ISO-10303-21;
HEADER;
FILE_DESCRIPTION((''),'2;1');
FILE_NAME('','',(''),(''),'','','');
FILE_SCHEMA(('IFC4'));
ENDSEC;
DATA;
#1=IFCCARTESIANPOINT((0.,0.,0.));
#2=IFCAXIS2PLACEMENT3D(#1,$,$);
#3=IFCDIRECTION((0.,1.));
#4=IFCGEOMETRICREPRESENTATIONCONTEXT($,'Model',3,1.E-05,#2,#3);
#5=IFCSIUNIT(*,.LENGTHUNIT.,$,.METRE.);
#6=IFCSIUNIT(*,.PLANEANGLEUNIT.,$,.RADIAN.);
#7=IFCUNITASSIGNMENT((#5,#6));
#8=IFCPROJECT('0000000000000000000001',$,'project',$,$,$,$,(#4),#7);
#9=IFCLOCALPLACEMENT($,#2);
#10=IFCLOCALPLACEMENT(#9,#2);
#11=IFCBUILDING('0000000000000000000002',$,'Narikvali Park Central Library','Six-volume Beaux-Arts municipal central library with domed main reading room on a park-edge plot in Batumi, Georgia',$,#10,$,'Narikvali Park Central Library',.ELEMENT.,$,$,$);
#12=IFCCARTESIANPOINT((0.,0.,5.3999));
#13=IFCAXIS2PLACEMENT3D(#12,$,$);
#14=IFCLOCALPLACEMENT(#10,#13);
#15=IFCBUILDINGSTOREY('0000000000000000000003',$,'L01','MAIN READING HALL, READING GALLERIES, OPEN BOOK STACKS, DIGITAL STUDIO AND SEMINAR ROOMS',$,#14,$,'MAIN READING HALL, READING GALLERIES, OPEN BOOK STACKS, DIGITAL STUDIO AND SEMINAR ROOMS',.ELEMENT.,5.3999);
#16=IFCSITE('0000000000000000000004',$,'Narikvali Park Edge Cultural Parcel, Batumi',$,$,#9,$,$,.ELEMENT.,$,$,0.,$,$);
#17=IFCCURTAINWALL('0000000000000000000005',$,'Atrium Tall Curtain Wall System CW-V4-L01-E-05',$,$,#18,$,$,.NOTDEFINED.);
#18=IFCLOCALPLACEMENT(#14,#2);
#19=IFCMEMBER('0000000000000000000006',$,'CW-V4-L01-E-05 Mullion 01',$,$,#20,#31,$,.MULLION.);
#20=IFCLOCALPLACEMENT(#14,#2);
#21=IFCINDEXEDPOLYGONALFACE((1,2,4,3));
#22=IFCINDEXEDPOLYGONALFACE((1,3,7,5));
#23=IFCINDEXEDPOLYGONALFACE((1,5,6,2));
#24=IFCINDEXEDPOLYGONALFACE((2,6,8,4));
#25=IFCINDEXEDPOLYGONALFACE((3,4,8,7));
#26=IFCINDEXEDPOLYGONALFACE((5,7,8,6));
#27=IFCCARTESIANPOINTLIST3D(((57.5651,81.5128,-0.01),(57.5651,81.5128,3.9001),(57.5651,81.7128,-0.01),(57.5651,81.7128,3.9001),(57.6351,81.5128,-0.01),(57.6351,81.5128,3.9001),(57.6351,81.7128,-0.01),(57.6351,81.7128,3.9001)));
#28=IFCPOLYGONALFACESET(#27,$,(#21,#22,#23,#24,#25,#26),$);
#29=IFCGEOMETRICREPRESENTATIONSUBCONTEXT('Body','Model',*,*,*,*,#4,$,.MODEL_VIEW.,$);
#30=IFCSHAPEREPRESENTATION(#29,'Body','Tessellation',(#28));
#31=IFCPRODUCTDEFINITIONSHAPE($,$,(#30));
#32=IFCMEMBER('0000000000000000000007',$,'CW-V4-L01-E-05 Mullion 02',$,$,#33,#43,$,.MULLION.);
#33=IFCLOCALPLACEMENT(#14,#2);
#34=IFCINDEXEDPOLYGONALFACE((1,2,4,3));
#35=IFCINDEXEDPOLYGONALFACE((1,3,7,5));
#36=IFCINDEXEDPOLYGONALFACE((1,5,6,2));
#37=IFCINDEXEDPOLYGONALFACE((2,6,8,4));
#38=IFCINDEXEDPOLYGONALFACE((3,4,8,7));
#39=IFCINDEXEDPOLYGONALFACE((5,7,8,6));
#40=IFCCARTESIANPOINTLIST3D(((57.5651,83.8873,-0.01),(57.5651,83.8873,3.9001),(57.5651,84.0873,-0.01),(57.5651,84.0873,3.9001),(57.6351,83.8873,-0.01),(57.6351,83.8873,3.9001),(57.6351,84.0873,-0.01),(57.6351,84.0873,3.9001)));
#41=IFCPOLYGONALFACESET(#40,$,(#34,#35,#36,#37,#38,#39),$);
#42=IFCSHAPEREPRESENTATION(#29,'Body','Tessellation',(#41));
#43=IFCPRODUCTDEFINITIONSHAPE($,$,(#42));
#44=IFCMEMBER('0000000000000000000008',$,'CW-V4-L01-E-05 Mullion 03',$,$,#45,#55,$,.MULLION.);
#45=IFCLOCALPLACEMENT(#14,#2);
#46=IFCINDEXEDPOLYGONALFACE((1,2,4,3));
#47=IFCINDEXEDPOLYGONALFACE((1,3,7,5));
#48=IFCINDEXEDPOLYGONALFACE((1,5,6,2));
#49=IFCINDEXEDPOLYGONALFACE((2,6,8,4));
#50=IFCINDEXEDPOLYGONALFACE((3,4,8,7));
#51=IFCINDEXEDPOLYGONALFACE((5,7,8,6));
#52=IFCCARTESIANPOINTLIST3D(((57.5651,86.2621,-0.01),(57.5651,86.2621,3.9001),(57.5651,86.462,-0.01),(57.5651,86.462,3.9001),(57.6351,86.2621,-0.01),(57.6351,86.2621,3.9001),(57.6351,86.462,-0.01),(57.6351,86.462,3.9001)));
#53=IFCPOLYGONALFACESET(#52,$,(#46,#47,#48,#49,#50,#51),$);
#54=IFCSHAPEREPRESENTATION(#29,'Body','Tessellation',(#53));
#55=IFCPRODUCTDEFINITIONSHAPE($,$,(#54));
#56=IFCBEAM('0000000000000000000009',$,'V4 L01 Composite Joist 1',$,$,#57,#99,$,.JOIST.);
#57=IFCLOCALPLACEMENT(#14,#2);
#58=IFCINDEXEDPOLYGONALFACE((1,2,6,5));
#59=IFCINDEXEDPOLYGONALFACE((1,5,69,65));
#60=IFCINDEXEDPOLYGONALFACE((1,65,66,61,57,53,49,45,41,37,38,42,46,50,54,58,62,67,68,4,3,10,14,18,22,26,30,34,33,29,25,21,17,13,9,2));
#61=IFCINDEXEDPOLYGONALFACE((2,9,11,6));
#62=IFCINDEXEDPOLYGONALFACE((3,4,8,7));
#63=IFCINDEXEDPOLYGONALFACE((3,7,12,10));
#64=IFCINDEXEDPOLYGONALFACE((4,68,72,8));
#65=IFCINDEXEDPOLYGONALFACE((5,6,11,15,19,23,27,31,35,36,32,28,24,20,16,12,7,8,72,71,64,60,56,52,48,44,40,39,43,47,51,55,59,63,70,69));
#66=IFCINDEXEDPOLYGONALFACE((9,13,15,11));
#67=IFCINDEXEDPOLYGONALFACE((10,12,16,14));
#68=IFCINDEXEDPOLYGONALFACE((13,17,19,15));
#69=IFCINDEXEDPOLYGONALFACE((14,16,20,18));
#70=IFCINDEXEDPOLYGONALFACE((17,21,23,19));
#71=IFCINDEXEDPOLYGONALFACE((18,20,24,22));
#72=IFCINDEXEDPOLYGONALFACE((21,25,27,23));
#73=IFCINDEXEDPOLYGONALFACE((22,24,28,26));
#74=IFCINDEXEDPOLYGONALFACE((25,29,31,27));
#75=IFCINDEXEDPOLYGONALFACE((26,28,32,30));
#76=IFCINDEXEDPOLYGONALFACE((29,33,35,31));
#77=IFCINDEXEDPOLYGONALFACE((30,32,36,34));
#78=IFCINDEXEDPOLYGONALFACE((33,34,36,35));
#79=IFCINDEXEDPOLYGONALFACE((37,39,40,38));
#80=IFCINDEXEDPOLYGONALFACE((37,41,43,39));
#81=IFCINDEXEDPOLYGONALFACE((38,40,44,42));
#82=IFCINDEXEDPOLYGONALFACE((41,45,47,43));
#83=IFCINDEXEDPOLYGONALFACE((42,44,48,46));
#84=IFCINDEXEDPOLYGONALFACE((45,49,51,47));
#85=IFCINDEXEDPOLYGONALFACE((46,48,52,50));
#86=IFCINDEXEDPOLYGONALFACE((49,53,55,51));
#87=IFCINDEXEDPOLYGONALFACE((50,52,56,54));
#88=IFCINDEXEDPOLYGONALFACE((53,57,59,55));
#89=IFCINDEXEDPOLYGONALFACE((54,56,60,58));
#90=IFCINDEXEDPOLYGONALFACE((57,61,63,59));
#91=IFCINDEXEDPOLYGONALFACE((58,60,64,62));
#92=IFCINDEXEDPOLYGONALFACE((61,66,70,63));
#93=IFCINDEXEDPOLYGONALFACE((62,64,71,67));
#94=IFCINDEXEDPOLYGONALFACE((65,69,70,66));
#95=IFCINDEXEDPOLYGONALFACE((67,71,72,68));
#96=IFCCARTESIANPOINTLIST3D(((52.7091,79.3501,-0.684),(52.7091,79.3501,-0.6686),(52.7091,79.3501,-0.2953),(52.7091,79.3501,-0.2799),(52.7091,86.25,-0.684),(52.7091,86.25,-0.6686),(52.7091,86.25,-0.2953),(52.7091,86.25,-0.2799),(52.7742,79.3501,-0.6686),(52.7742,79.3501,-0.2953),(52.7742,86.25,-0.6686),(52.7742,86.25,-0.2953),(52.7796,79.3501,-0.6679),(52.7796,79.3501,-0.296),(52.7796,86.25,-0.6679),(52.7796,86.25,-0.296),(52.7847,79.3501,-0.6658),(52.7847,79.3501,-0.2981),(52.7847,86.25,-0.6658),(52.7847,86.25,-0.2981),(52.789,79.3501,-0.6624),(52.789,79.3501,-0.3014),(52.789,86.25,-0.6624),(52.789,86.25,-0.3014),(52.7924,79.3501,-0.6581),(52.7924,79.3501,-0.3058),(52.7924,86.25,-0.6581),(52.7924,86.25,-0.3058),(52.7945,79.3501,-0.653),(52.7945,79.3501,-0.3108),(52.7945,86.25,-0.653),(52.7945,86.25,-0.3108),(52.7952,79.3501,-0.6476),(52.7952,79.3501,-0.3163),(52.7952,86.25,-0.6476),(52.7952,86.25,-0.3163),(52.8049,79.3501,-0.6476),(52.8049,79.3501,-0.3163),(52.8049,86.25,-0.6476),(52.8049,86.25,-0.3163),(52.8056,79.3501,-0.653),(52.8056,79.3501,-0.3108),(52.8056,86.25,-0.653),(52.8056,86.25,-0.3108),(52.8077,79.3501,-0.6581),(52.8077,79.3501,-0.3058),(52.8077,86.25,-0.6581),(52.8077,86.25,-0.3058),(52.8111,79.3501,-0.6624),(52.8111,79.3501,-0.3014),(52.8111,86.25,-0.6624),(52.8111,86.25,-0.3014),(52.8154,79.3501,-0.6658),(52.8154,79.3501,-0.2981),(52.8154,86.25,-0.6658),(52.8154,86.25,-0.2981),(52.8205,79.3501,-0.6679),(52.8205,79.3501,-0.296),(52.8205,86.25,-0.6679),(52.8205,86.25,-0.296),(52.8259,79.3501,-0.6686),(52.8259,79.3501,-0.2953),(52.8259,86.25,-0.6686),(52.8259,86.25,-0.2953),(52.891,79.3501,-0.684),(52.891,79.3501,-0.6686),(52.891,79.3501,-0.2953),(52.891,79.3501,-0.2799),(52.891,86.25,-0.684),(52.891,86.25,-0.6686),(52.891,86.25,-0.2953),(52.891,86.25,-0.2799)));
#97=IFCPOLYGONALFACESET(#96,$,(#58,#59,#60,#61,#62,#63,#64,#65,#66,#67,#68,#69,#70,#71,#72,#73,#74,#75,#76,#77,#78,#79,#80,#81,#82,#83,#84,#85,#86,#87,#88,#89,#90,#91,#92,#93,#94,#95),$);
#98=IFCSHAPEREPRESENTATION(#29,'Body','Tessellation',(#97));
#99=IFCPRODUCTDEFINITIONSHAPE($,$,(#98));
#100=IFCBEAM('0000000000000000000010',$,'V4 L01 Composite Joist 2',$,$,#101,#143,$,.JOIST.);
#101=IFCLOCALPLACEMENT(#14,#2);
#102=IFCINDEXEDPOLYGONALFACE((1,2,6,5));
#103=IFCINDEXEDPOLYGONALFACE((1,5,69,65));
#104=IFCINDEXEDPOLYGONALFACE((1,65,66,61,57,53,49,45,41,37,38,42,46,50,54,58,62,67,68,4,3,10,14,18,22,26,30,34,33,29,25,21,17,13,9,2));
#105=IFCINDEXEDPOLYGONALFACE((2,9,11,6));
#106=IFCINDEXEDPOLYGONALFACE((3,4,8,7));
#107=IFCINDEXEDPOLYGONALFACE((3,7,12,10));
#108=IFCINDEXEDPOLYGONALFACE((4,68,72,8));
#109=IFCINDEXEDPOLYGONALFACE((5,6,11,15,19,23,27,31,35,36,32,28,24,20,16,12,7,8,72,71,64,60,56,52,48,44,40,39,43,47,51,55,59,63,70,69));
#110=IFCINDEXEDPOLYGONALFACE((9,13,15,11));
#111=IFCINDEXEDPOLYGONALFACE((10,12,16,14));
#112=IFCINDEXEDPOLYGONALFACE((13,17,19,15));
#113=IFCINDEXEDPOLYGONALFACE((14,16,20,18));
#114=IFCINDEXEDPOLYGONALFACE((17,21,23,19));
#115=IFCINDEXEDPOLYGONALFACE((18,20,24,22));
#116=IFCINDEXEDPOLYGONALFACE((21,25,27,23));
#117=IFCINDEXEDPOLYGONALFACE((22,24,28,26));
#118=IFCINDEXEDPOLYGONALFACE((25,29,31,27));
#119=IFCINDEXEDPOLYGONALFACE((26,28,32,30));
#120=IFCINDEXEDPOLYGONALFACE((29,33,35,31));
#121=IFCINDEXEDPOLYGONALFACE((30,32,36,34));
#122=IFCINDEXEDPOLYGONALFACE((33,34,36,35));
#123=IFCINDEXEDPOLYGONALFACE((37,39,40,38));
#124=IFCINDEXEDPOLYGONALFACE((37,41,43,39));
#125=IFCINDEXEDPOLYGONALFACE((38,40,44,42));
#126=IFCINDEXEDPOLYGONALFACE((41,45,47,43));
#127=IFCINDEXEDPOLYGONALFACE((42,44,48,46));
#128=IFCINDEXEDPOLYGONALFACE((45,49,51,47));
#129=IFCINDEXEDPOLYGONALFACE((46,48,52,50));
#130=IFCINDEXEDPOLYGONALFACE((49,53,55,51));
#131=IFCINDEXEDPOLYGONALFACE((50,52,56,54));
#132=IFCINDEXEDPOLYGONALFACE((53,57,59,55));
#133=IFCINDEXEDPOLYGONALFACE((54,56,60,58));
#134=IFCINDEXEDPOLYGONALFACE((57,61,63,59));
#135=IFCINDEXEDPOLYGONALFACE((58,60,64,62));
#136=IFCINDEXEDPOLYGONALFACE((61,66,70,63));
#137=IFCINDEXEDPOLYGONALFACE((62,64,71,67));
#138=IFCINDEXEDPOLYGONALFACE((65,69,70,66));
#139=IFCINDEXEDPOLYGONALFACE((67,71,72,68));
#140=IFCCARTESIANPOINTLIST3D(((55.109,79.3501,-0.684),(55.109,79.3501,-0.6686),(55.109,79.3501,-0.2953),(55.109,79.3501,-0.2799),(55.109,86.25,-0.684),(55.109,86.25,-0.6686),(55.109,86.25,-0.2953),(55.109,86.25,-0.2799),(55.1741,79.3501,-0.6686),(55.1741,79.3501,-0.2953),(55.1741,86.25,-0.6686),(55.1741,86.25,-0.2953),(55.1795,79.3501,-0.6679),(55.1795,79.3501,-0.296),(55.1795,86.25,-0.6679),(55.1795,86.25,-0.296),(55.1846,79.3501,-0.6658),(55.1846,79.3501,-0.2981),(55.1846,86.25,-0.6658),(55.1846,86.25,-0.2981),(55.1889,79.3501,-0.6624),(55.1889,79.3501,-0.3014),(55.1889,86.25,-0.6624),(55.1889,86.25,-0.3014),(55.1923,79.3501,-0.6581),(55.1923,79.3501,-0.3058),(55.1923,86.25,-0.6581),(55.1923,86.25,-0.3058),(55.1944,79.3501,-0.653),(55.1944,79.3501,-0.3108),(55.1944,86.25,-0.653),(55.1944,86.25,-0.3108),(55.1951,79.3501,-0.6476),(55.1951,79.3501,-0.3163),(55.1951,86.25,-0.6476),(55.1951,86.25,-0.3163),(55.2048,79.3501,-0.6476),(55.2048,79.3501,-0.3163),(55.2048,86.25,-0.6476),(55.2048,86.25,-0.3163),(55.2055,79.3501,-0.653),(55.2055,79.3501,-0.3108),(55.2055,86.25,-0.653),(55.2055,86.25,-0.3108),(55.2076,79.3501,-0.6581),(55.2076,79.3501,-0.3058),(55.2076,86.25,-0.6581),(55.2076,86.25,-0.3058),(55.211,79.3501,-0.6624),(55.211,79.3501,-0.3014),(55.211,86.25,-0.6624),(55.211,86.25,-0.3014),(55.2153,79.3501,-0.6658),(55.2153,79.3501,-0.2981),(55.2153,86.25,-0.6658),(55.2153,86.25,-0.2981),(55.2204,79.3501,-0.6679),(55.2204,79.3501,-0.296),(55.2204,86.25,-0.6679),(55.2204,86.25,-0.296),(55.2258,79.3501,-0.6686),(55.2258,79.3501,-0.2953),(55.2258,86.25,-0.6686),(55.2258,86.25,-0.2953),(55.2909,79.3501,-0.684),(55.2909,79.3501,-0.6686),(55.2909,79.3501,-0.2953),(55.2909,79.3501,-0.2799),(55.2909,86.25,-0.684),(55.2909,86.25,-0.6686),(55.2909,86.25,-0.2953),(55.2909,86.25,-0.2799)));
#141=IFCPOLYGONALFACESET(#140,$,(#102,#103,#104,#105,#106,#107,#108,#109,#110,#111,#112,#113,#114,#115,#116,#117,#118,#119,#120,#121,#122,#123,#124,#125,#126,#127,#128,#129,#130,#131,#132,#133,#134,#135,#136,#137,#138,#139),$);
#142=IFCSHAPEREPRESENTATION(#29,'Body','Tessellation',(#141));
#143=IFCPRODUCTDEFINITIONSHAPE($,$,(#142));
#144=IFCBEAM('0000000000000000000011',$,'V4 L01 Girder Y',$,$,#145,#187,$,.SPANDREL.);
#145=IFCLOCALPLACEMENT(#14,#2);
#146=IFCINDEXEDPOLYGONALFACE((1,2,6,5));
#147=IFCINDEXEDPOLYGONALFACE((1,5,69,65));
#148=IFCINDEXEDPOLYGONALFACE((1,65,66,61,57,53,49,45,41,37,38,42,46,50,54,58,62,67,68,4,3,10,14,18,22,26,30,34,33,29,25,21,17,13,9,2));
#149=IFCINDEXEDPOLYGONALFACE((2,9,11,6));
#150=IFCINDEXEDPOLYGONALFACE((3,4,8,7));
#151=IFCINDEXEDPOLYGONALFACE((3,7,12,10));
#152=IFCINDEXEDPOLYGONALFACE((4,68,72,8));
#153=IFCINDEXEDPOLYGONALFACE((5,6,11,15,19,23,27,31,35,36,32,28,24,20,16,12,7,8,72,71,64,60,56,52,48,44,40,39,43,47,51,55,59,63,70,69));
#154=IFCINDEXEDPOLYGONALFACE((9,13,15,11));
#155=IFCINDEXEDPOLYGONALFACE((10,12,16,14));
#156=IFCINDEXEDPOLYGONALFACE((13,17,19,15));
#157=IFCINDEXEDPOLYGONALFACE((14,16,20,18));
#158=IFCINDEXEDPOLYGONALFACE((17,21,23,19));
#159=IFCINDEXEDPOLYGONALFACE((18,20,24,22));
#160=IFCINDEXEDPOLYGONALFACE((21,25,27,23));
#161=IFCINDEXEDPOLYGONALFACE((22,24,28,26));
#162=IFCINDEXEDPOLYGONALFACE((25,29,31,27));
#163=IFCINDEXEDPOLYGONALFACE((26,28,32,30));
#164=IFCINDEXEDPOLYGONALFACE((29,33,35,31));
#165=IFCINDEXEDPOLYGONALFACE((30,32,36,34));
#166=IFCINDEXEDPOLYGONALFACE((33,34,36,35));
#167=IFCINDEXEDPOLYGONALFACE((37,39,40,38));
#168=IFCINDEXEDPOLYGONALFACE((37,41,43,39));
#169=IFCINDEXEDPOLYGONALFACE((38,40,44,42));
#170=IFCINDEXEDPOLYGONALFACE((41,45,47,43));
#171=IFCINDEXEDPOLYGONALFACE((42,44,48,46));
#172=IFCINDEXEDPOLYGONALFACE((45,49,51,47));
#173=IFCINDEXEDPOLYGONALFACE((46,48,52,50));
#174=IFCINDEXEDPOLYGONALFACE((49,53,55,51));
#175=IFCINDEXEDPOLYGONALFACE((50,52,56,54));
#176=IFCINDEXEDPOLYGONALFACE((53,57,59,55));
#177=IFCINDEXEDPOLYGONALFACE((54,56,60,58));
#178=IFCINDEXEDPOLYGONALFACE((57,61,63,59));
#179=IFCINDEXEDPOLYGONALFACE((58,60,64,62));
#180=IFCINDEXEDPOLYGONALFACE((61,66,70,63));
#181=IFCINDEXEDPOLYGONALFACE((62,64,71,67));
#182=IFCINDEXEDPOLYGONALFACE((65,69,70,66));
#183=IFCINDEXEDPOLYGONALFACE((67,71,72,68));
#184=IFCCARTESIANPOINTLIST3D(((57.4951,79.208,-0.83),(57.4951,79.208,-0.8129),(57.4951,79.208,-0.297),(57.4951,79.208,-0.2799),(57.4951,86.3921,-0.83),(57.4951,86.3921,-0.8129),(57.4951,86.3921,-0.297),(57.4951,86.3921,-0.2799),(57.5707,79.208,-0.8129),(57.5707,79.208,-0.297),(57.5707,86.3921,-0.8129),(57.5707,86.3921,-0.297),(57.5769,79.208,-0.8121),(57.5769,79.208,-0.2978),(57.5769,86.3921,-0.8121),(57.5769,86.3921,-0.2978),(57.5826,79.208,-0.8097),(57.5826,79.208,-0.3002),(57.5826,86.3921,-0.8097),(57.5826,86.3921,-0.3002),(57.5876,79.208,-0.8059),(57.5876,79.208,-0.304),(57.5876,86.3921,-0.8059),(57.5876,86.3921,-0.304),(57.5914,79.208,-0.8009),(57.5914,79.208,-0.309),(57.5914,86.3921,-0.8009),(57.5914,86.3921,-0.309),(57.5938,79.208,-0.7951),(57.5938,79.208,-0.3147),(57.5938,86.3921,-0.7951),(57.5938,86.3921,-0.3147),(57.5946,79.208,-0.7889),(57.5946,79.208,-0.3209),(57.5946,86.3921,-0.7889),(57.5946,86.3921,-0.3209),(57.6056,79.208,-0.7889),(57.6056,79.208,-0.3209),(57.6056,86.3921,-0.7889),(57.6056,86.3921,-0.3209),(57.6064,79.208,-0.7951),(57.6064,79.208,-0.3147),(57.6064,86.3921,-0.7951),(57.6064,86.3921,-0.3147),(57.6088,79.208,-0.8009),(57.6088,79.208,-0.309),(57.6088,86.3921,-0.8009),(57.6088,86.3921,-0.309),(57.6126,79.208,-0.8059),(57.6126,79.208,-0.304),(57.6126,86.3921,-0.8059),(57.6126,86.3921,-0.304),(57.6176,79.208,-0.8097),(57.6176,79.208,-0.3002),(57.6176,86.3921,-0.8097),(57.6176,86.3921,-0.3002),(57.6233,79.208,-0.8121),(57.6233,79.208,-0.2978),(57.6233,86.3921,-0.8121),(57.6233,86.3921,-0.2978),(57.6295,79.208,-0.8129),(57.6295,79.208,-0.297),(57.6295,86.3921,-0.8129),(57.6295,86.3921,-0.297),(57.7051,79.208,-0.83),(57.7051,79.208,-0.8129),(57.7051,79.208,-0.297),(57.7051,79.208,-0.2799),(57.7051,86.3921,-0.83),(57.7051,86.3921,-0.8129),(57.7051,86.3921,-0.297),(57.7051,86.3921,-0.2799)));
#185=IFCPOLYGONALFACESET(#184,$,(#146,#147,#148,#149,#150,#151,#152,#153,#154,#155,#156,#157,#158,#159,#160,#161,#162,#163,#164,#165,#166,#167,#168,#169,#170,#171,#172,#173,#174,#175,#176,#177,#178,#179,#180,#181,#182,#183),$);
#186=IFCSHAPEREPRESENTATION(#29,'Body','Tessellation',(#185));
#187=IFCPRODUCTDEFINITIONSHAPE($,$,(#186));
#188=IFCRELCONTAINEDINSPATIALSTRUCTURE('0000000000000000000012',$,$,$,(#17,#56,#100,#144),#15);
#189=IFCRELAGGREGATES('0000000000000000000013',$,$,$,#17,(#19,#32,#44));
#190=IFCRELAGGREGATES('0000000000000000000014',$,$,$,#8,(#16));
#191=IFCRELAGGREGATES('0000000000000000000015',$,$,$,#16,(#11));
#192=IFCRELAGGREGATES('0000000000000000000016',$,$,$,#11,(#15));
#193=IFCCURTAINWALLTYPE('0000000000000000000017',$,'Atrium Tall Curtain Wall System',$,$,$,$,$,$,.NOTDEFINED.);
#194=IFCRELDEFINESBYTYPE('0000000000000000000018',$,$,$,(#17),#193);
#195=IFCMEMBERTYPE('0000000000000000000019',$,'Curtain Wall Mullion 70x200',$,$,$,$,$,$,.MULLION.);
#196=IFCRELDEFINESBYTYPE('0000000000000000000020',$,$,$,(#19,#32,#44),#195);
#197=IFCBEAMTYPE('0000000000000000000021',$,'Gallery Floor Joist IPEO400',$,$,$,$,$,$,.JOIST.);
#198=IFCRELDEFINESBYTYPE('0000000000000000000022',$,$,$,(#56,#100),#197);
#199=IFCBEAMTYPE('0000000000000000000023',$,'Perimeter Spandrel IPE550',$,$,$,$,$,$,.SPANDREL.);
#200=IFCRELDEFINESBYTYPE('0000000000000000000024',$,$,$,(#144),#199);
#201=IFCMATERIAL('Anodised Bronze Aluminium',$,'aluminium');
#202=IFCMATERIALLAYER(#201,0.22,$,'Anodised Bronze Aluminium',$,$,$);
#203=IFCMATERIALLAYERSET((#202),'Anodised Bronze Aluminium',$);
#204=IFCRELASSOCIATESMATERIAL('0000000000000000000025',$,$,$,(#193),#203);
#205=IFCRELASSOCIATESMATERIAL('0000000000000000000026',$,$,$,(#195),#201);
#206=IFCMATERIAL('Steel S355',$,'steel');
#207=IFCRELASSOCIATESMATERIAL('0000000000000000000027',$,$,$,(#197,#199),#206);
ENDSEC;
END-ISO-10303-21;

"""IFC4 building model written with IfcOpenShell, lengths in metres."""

from ifc_helpers import new_model, si_unit, direction, frame, origin, origin_2d, place, context, subcontext, project, spatial, rectangle, i_section, extrude, material, layer, layer_set, material_profile, profile_set, type_object, element, aggregate, save


model = new_model("IFC4")

# Units and contexts
model_context = context("Model", 3, precision=1e-05, world=origin(), true_north=direction((0.0, 1.0)))
body_context = subcontext(model_context, "Body", "Model", "MODEL_VIEW")
ifc_project = project(units=[si_unit("LENGTHUNIT", "METRE"), si_unit("PLANEANGLEUNIT", "RADIAN")], contexts=[model_context])

# Site, building, storey
site_placement = place(None, origin())
site = spatial("IfcSite", under=ifc_project, at=site_placement, Name="Narikvali Park Edge Cultural Parcel, Batumi", CompositionType="ELEMENT", RefElevation=0.0)
building_placement = place(site_placement, origin())
building = spatial("IfcBuilding", under=site, at=building_placement, Name="Narikvali Park Central Library", Description="Six-volume Beaux-Arts municipal central library with domed main reading room on a park-edge plot in Batumi, Georgia", LongName="Narikvali Park Central Library", CompositionType="ELEMENT")
storey_placement = place(building_placement, frame((0.0, 0.0, 5.3999)))
storey = spatial("IfcBuildingStorey", under=building, at=storey_placement, Name="L01", Description="MAIN READING HALL, READING GALLERIES, OPEN BOOK STACKS, DIGITAL STUDIO AND SEMINAR ROOMS", LongName="MAIN READING HALL, READING GALLERIES, OPEN BOOK STACKS, DIGITAL STUDIO AND SEMINAR ROOMS", CompositionType="ELEMENT", Elevation=5.3999)

# Shared definitions
ifc_material_1 = material(Name="Steel S355", Category="steel")

# Curtain wall
ifc_material_2 = material(Name="Anodised Bronze Aluminium", Category="aluminium")
ifc_layer_1 = layer(ifc_material_2, 0.22, Name="Anodised Bronze Aluminium")
ifc_layer_set_1 = layer_set([ifc_layer_1], Name="Anodised Bronze Aluminium")
curtain_wall_type = type_object("IfcCurtainWallType", Name="Atrium Tall Curtain Wall System", PredefinedType="NOTDEFINED", material=ifc_layer_set_1)
curtain_wall_1_placement = place(storey_placement, origin())
curtain_wall_1 = element("IfcCurtainWall", 1, at=curtain_wall_1_placement, inside=storey, type_object=curtain_wall_type, Name="Atrium Tall Curtain Wall System CW-V4-L01-E-05", PredefinedType="NOTDEFINED")

# Members
ifc_material_profile_1 = material_profile(ifc_material_2, rectangle(XDim=0.0701, YDim=0.2, at=origin_2d()), Name="CW MULLION 70x200")
ifc_profile_set_1 = profile_set([ifc_material_profile_1], Name="Anodised Bronze Aluminium")
member_type_1 = type_object("IfcMemberType", Name="Curtain Wall Mullion 70x200", PredefinedType="MULLION", material=ifc_profile_set_1)
member_1_placement = place(storey_placement, frame((57.6001, 81.6128, -0.01), z_axis=(0.0, 0.0, 1.0), x_axis=(1.0, 0.0, 0.0)))
member_1 = element("IfcMember", 2, at=member_1_placement, type_object=member_type_1, Name="CW-V4-L01-E-05 Mullion 01", PredefinedType="MULLION", context=body_context, shape_type="SweptSolid", body=[
    extrude(rectangle(XDim=0.0701, YDim=0.2, at=origin_2d()), origin(), (0.0, 0.0, 1.0), 3.9102),
])
member_2_placement = place(storey_placement, frame((57.6001, 83.9873, -0.01), z_axis=(0.0, 0.0, 1.0), x_axis=(1.0, 0.0, 0.0)))
member_2 = element("IfcMember", 3, at=member_2_placement, type_object=member_type_1, Name="CW-V4-L01-E-05 Mullion 02", PredefinedType="MULLION", context=body_context, shape_type="SweptSolid", body=[
    extrude(rectangle(XDim=0.0701, YDim=0.2, at=origin_2d()), origin(), (0.0, 0.0, 1.0), 3.9102),
])
member_3_placement = place(storey_placement, frame((57.6001, 86.3621, -0.01), z_axis=(0.0, 0.0, 1.0), x_axis=(1.0, 0.0, 0.0)))
member_3 = element("IfcMember", 4, at=member_3_placement, type_object=member_type_1, Name="CW-V4-L01-E-05 Mullion 03", PredefinedType="MULLION", context=body_context, shape_type="SweptSolid", body=[
    extrude(rectangle(XDim=0.0701, YDim=0.2, at=origin_2d()), origin(), (0.0, 0.0, 1.0), 3.9102),
])

# Beams
ifc_material_profile_2 = material_profile(ifc_material_1, i_section(OverallWidth=0.1819, OverallDepth=0.4041, WebThickness=0.0098, FlangeThickness=0.0154, FilletRadius=0.021, at=origin_2d()), Name="IPEO 400")
ifc_profile_set_2 = profile_set([ifc_material_profile_2], Name="Steel S355")
beam_type_1 = type_object("IfcBeamType", Name="Gallery Floor Joist IPEO400", PredefinedType="JOIST", material=ifc_profile_set_2)
for number, where, z_axis, x_axis, name in (
    (5, (52.8, 79.3501, -0.4819), (0.0, 1.0, 0.0), (-1.0, 0.0, 0.0), "V4 L01 Composite Joist 1"),
    (6, (55.2, 79.3501, -0.4819), (0.0, 1.0, 0.0), (-1.0, 0.0, 0.0), "V4 L01 Composite Joist 2"),
):
    element("IfcBeam", number, at=place(storey_placement, frame(where, z_axis=z_axis, x_axis=x_axis)), inside=storey, type_object=beam_type_1, Name=name, PredefinedType="JOIST", context=body_context, shape_type="SweptSolid", body=[
        extrude(i_section(OverallWidth=0.1819, OverallDepth=0.4041, WebThickness=0.0098, FlangeThickness=0.0154, FilletRadius=0.021, at=origin_2d()), origin(), (0.0, 0.0, 1.0), 6.8999),
    ])
ifc_material_profile_3 = material_profile(ifc_material_1, i_section(OverallWidth=0.21, OverallDepth=0.55, WebThickness=0.011, FlangeThickness=0.0171, FilletRadius=0.0239, at=origin_2d()), Name="IPE 550")
ifc_profile_set_3 = profile_set([ifc_material_profile_3], Name="Steel S355")
beam_type_2 = type_object("IfcBeamType", Name="Perimeter Spandrel IPE550", PredefinedType="SPANDREL", material=ifc_profile_set_3)
beam_1_placement = place(storey_placement, frame((57.6001, 79.208, -0.5549), z_axis=(0.0, 1.0, 0.0), x_axis=(-1.0, 0.0, 0.0)))
element("IfcBeam", 7, at=beam_1_placement, inside=storey, type_object=beam_type_2, Name="V4 L01 Girder Y", PredefinedType="SPANDREL", context=body_context, shape_type="SweptSolid", body=[
    extrude(i_section(OverallWidth=0.21, OverallDepth=0.55, WebThickness=0.011, FlangeThickness=0.0171, FilletRadius=0.0239, at=origin_2d()), origin(), (0.0, 0.0, 1.0), 7.1841),
])

aggregate(curtain_wall_1, [member_1, member_2, member_3])

save(model, "model.ifc")
